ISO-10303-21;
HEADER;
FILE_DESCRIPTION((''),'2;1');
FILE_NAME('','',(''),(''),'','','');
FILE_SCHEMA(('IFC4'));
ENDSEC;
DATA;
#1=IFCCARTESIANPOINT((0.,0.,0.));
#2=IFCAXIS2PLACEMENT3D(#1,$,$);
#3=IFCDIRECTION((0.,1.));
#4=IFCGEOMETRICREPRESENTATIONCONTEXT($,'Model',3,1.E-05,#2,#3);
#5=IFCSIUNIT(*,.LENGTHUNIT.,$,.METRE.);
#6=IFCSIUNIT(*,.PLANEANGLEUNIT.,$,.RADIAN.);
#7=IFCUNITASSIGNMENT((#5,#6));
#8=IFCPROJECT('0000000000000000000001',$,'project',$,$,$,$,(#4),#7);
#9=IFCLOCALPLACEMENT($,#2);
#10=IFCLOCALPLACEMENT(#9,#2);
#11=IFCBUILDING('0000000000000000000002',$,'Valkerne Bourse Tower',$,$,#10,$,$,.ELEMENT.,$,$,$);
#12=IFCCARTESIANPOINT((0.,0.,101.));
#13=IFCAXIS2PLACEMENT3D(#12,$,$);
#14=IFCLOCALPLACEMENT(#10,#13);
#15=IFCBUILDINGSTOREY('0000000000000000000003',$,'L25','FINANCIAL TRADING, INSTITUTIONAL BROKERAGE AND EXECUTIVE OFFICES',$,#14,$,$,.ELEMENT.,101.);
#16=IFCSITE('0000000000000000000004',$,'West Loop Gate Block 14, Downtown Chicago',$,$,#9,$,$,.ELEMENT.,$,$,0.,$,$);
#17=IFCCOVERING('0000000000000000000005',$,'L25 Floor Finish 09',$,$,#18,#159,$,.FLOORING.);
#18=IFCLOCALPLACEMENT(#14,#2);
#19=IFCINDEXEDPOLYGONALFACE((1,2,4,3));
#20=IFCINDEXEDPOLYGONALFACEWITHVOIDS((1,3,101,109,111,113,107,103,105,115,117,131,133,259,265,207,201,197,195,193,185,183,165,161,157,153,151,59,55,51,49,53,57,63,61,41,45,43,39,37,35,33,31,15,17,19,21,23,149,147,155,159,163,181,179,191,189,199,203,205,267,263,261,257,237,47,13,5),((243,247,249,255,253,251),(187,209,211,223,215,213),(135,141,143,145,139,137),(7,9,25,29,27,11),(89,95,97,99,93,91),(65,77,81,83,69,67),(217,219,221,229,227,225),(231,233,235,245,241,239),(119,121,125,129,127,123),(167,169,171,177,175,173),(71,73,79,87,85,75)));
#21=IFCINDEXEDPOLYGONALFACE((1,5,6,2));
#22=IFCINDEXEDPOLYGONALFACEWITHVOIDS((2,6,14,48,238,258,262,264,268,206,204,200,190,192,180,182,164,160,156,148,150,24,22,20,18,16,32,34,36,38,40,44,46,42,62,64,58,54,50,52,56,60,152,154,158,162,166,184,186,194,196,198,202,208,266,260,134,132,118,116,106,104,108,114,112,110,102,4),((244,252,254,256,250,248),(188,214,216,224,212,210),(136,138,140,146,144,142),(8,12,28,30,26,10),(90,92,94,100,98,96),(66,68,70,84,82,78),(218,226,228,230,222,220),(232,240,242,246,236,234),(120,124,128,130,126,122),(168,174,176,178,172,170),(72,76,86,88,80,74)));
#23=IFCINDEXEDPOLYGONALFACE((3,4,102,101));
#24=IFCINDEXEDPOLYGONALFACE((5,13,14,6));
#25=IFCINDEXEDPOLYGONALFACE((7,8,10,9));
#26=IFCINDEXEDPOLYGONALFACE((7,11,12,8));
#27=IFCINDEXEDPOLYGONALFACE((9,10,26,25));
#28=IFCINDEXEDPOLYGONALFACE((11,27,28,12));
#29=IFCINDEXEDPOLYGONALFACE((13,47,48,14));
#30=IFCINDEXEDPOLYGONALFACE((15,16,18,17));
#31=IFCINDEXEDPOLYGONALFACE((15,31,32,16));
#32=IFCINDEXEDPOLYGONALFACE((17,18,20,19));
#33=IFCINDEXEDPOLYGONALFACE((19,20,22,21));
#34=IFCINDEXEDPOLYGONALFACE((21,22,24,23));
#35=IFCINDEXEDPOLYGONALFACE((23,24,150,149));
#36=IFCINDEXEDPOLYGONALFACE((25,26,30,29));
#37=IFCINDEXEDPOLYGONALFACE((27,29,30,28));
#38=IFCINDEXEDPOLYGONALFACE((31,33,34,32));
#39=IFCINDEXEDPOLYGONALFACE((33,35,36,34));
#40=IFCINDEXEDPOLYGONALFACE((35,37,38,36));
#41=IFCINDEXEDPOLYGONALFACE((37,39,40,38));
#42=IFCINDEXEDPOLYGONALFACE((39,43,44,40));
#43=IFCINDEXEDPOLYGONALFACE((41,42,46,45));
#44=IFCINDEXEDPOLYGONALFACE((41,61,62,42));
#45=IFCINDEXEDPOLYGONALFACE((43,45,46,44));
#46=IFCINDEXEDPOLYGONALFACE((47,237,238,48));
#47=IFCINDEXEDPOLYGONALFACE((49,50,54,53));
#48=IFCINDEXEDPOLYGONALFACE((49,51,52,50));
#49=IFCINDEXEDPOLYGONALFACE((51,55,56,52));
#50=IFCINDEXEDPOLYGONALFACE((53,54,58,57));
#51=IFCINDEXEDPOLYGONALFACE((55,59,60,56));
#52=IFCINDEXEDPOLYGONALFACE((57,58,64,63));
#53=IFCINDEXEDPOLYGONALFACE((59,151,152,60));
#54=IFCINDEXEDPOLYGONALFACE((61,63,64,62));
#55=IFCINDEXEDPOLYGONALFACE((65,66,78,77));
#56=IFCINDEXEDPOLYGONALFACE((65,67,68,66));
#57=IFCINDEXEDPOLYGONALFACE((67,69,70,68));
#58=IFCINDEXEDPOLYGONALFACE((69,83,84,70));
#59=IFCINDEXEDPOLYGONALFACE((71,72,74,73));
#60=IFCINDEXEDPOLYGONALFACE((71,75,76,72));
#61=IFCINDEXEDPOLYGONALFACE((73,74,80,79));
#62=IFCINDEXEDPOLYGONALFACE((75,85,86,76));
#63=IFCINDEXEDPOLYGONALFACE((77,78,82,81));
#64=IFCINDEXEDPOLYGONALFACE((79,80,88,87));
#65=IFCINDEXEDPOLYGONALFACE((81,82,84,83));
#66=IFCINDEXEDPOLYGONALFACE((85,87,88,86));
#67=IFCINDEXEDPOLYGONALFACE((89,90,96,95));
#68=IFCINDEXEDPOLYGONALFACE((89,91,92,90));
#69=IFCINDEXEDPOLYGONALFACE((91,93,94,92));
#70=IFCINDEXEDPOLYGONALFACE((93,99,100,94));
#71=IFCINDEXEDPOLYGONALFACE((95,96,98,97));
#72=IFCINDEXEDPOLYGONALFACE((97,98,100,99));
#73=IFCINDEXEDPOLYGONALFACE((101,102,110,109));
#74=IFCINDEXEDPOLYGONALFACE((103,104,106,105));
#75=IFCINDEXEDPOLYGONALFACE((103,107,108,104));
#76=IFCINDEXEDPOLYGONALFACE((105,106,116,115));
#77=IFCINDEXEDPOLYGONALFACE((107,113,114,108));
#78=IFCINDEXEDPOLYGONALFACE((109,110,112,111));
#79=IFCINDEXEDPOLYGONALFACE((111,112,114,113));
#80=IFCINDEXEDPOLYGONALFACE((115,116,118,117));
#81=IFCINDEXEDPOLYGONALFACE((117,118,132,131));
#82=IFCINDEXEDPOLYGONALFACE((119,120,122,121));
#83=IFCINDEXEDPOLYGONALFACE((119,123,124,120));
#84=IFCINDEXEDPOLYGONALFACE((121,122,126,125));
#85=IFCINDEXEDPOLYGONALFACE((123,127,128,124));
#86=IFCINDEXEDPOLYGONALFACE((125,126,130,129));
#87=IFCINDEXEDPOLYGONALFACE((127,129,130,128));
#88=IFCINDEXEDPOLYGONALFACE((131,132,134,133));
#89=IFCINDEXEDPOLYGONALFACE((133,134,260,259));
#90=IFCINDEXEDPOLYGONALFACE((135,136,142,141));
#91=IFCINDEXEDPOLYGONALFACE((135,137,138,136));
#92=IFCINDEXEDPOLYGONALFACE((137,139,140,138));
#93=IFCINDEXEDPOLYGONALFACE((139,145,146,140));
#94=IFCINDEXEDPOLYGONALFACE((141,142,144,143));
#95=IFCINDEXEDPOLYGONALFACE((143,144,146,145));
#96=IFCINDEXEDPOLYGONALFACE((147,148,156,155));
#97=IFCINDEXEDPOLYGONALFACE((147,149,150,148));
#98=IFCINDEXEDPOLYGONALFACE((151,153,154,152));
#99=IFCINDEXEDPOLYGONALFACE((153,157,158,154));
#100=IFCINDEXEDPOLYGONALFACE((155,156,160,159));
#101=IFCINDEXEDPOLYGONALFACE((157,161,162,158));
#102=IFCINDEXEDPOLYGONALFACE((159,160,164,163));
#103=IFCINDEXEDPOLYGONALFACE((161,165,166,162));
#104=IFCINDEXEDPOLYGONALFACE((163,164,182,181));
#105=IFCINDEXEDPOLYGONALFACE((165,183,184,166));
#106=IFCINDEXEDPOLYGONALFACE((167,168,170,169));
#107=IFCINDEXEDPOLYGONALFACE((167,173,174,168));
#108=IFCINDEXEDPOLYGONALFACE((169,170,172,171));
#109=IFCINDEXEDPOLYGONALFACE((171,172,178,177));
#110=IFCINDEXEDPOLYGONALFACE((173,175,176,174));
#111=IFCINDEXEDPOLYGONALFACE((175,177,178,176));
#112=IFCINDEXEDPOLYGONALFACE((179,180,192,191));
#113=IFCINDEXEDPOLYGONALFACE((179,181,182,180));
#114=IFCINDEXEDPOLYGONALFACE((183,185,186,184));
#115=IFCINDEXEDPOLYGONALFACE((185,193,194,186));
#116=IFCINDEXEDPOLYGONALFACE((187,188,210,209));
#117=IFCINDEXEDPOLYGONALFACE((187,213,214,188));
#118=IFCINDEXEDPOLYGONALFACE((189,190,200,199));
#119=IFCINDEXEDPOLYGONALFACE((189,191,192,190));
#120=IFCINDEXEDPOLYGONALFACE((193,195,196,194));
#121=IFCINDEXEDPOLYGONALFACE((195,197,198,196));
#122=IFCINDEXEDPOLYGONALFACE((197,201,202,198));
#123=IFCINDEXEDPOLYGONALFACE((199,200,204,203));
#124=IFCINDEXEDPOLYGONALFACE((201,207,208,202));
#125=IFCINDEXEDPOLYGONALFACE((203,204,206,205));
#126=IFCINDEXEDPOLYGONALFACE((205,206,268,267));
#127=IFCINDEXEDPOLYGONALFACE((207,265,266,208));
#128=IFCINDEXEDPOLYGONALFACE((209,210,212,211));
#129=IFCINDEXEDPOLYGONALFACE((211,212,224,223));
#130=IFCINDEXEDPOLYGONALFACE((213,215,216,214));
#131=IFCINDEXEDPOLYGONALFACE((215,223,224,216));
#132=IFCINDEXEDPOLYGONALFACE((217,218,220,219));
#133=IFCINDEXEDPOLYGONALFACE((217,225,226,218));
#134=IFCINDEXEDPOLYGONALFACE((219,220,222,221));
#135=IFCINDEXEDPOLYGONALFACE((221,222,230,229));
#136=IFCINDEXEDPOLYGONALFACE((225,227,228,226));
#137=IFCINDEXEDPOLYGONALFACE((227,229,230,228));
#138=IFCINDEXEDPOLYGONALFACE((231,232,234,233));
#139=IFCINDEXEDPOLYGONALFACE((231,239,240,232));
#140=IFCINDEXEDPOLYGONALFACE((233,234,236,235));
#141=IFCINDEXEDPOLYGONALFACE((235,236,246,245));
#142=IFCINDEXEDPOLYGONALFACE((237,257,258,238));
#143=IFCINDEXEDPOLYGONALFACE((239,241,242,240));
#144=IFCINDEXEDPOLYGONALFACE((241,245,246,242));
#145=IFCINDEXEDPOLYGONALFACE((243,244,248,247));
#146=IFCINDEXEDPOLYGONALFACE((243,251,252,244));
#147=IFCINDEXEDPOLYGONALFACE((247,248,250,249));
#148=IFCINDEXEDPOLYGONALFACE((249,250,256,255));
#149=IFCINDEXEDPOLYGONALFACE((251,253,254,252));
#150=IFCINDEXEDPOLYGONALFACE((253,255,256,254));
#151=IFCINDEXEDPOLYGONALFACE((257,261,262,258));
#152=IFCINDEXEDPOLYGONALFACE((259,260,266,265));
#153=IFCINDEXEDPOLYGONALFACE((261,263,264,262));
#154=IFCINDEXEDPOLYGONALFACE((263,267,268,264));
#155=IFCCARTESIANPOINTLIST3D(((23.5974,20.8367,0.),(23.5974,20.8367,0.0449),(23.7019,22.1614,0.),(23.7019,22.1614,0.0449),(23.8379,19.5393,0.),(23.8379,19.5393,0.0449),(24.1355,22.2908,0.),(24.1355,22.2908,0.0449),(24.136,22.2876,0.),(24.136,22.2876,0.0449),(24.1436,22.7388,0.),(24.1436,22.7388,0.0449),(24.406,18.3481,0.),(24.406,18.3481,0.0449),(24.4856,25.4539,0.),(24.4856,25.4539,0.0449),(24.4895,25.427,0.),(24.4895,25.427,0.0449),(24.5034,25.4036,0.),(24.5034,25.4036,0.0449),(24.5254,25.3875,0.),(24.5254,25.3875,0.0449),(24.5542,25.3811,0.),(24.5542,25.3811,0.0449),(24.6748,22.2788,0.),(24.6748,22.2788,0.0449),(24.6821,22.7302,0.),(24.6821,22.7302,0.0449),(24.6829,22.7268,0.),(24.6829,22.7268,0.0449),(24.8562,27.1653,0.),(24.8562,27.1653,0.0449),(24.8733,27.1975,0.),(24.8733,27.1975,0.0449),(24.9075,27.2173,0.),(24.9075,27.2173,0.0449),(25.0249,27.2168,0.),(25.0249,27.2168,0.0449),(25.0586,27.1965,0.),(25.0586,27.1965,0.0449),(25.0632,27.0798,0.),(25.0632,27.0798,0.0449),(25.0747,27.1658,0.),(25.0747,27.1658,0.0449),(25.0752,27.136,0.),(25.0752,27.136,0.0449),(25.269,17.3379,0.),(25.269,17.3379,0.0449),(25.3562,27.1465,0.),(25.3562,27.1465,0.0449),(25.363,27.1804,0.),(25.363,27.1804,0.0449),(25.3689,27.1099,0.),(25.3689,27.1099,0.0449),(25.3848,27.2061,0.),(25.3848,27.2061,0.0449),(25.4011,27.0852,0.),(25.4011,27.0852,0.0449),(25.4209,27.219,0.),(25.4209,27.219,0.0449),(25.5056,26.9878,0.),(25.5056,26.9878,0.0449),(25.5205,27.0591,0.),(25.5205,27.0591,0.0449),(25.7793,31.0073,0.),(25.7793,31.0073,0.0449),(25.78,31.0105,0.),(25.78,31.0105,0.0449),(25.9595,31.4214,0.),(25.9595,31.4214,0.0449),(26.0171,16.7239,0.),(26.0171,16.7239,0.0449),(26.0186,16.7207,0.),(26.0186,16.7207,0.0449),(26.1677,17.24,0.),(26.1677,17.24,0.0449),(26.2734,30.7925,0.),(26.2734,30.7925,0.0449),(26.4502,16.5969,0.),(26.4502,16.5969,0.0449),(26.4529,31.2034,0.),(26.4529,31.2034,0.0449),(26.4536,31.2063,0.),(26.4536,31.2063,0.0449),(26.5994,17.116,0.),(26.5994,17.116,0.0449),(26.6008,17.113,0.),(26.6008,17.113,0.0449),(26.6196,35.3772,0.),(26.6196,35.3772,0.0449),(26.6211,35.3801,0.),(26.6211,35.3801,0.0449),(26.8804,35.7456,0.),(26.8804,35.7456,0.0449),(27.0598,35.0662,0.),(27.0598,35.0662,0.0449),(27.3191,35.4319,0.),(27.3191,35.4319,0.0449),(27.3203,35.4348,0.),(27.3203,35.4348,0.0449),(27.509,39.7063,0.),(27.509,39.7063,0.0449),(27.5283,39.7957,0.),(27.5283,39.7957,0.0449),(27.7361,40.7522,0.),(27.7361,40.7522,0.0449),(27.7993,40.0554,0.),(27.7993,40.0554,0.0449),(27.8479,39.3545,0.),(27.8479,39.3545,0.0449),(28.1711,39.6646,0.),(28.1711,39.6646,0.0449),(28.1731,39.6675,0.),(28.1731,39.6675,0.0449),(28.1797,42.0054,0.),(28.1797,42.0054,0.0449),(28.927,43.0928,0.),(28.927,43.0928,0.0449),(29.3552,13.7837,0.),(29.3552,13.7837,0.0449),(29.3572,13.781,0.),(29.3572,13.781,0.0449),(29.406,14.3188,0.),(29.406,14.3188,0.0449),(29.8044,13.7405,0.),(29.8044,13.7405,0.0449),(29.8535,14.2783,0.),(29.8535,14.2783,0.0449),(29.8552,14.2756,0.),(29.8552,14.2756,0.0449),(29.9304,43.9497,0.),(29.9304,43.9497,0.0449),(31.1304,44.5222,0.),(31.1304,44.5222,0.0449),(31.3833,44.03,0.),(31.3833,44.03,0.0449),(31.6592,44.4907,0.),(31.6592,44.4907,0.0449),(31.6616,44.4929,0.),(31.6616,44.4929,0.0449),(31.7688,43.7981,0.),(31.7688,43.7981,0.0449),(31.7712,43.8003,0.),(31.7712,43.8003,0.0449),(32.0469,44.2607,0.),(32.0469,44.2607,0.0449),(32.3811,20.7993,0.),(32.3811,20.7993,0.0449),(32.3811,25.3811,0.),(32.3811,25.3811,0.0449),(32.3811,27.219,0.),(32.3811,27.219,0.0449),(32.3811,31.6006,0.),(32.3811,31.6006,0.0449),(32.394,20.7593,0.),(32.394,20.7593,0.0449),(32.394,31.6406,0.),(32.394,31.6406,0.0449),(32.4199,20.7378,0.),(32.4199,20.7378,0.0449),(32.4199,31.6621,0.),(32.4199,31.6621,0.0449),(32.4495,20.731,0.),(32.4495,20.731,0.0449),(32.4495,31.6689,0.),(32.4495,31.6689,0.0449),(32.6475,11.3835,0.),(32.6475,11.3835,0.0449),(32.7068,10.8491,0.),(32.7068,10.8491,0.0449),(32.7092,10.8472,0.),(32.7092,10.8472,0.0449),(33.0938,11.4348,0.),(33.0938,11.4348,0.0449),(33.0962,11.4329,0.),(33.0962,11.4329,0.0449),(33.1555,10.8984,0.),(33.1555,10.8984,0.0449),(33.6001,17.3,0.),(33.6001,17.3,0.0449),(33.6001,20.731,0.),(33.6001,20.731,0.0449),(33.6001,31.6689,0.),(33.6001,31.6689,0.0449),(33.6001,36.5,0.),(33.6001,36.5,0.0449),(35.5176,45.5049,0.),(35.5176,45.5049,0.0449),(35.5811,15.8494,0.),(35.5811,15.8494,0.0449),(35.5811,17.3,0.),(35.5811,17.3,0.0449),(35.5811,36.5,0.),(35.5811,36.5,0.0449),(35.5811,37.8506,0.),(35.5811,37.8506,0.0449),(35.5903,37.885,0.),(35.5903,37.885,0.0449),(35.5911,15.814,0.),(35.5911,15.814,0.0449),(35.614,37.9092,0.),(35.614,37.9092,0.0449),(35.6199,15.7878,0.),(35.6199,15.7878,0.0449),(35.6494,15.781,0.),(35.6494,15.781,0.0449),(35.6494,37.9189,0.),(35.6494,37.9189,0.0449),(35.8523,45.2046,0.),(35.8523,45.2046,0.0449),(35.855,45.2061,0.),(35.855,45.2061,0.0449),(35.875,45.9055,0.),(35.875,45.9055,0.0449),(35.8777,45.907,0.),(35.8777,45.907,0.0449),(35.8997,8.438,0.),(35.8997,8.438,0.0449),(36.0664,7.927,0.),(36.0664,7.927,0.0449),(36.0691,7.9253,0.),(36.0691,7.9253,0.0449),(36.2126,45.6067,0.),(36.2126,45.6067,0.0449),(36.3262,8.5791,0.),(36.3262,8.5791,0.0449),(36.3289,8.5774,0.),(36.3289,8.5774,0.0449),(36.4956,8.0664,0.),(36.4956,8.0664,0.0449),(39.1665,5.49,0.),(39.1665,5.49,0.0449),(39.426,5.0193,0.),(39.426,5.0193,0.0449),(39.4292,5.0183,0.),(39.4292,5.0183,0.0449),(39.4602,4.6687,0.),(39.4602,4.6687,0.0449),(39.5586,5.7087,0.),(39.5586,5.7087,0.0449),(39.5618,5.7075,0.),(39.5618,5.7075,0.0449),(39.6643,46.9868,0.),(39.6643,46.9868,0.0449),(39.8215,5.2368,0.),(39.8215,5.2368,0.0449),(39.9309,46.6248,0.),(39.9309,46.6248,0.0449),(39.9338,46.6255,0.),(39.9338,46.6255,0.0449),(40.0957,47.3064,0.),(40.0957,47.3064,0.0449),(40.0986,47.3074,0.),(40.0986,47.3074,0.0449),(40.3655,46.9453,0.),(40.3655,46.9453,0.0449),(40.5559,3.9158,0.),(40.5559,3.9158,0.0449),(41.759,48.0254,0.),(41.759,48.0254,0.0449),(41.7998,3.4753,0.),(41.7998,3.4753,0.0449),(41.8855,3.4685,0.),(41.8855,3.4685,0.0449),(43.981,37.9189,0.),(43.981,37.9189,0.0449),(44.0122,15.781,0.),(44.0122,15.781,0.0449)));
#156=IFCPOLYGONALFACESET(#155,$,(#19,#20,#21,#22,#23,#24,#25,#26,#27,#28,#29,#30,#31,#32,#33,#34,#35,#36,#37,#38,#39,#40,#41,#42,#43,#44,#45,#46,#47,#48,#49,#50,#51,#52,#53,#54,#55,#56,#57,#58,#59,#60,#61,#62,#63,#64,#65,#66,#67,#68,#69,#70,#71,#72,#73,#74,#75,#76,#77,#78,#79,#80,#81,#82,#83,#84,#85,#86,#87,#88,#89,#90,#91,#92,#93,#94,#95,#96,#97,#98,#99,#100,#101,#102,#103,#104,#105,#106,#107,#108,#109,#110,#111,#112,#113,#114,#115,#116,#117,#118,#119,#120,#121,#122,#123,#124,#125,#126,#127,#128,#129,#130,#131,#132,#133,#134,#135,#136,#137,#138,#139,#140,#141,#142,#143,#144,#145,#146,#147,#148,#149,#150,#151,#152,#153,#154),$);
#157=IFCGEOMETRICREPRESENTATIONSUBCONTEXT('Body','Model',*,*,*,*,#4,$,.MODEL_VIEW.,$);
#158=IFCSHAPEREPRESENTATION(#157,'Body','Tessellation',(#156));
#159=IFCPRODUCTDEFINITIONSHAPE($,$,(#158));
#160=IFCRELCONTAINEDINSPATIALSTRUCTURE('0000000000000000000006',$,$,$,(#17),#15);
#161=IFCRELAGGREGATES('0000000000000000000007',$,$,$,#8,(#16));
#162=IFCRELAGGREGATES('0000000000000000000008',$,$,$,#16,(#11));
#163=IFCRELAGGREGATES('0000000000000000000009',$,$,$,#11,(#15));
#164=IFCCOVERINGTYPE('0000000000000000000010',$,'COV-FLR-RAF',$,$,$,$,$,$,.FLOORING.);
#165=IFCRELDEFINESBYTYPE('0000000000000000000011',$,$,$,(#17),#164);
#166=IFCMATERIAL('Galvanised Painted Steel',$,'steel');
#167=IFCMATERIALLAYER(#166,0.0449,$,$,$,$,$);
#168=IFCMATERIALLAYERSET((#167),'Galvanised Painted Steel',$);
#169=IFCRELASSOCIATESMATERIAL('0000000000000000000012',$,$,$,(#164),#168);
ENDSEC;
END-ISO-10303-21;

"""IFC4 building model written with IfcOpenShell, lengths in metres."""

from ifc_helpers import new_model, si_unit, direction, frame, origin, place, context, subcontext, project, spatial, polyline, outline, extrude, material, layer, layer_set, type_object, element, save


model = new_model("IFC4")

# Units and contexts
model_context = context("Model", 3, precision=1e-05, world=origin(), true_north=direction((0.0, 1.0)))
body_context = subcontext(model_context, "Body", "Model", "MODEL_VIEW")
ifc_project = project(units=[si_unit("LENGTHUNIT", "METRE"), si_unit("PLANEANGLEUNIT", "RADIAN")], contexts=[model_context])

# Site, building, storey
site_placement = place(None, origin())
site = spatial("IfcSite", under=ifc_project, at=site_placement, Name="West Loop Gate Block 14, Downtown Chicago", CompositionType="ELEMENT", RefElevation=0.0)
building_placement = place(site_placement, origin())
building = spatial("IfcBuilding", under=site, at=building_placement, Name="Valkerne Bourse Tower", CompositionType="ELEMENT")
storey_placement = place(building_placement, frame((0.0, 0.0, 101.0)))
storey = spatial("IfcBuildingStorey", under=building, at=storey_placement, Name="L25", Description="FINANCIAL TRADING, INSTITUTIONAL BROKERAGE AND EXECUTIVE OFFICES", CompositionType="ELEMENT", Elevation=101.0)

# Covering
ifc_material_1 = material(Name="Galvanised Painted Steel", Category="steel")
ifc_layer_1 = layer(ifc_material_1, 0.0449)
ifc_layer_set_1 = layer_set([ifc_layer_1], Name="Galvanised Painted Steel")
covering_type_1 = type_object("IfcCoveringType", Name="COV-FLR-RAF", PredefinedType="FLOORING", material=ifc_layer_set_1)
covering_1_placement = place(storey_placement, origin())
element("IfcCovering", 1, at=covering_1_placement, inside=storey, type_object=covering_type_1, Name="L25 Floor Finish 09", PredefinedType="FLOORING", context=body_context, shape_type="SweptSolid", body=[
    extrude(outline(polyline([(39.4602, 4.6687), (25.269, 17.3379), (24.406, 18.3481), (23.8379, 19.5393), (23.5974, 20.8367), (23.7019, 22.1614), (27.509, 39.7063), (27.8479, 39.3545), (28.1711, 39.6646), (28.1731, 39.6675), (27.7993, 40.0554), (27.5283, 39.7957), (27.7361, 40.7522), (28.1797, 42.0054), (28.927, 43.0928), (29.9304, 43.9497), (31.1304, 44.5222), (41.759, 48.0254), (43.981, 37.9189), (35.6494, 37.9189), (35.614, 37.9092), (35.5903, 37.885), (35.5811, 37.8506), (35.5811, 36.5), (33.6001, 36.5), (33.6001, 31.6689), (32.4495, 31.6689), (32.4199, 31.6621), (32.394, 31.6406), (32.3811, 31.6006), (32.3811, 27.219), (25.4209, 27.219), (25.3848, 27.2061), (25.363, 27.1804), (25.3562, 27.1465), (25.3689, 27.1099), (25.4011, 27.0852), (25.5205, 27.0591), (25.5056, 26.9878), (25.0632, 27.0798), (25.0752, 27.136), (25.0747, 27.1658), (25.0586, 27.1965), (25.0249, 27.2168), (24.9075, 27.2173), (24.8733, 27.1975), (24.8562, 27.1653), (24.4856, 25.4539), (24.4895, 25.427), (24.5034, 25.4036), (24.5254, 25.3875), (24.5542, 25.3811), (32.3811, 25.3811), (32.3811, 20.7993), (32.394, 20.7593), (32.4199, 20.7378), (32.4495, 20.731), (33.6001, 20.731), (33.6001, 17.3), (35.5811, 17.3), (35.5811, 15.8494), (35.5911, 15.814), (35.6199, 15.7878), (35.6494, 15.781), (44.0122, 15.781), (41.8855, 3.4685), (41.7998, 3.4753), (40.5559, 3.9158), (39.4602, 4.6687)]), holes=[polyline([(36.3289, 8.5774), (36.3262, 8.5791), (35.8997, 8.438), (36.0664, 7.927), (36.0691, 7.9253), (36.4956, 8.0664), (36.3289, 8.5774)]), polyline([(33.0962, 11.4329), (33.0938, 11.4348), (32.6475, 11.3835), (32.7068, 10.8491), (32.7092, 10.8472), (33.1555, 10.8984), (33.0962, 11.4329)]), polyline([(29.8552, 14.2756), (29.8535, 14.2783), (29.406, 14.3188), (29.3552, 13.7837), (29.3572, 13.781), (29.8044, 13.7405), (29.8552, 14.2756)]), polyline([(26.6008, 17.113), (26.5994, 17.116), (26.1677, 17.24), (26.0171, 16.7239), (26.0186, 16.7207), (26.4502, 16.5969), (26.6008, 17.113)]), polyline([(24.6821, 22.7302), (24.1436, 22.7388), (24.1355, 22.2908), (24.136, 22.2876), (24.6748, 22.2788), (24.6829, 22.7268), (24.6821, 22.7302)]), polyline([(26.4529, 31.2034), (26.4536, 31.2063), (25.9595, 31.4214), (25.78, 31.0105), (25.7793, 31.0073), (26.2734, 30.7925), (26.4529, 31.2034)]), polyline([(27.3203, 35.4348), (26.8804, 35.7456), (26.6211, 35.3801), (26.6196, 35.3772), (27.0598, 35.0662), (27.3191, 35.4319), (27.3203, 35.4348)]), polyline([(32.0469, 44.2607), (31.6616, 44.4929), (31.6592, 44.4907), (31.3833, 44.03), (31.7688, 43.7981), (31.7712, 43.8003), (32.0469, 44.2607)]), polyline([(35.855, 45.2061), (36.2126, 45.6067), (35.8777, 45.907), (35.875, 45.9055), (35.5176, 45.5049), (35.8523, 45.2046), (35.855, 45.2061)]), polyline([(39.5618, 5.7075), (39.5586, 5.7087), (39.1665, 5.49), (39.426, 5.0193), (39.4292, 5.0183), (39.8215, 5.2368), (39.5618, 5.7075)]), polyline([(39.9338, 46.6255), (40.3655, 46.9453), (40.0986, 47.3074), (40.0957, 47.3064), (39.6643, 46.9868), (39.9309, 46.6248), (39.9338, 46.6255)])]), origin(), (0.0, 0.0, 1.0), 0.0449),
])

save(model, "model.ifc")
